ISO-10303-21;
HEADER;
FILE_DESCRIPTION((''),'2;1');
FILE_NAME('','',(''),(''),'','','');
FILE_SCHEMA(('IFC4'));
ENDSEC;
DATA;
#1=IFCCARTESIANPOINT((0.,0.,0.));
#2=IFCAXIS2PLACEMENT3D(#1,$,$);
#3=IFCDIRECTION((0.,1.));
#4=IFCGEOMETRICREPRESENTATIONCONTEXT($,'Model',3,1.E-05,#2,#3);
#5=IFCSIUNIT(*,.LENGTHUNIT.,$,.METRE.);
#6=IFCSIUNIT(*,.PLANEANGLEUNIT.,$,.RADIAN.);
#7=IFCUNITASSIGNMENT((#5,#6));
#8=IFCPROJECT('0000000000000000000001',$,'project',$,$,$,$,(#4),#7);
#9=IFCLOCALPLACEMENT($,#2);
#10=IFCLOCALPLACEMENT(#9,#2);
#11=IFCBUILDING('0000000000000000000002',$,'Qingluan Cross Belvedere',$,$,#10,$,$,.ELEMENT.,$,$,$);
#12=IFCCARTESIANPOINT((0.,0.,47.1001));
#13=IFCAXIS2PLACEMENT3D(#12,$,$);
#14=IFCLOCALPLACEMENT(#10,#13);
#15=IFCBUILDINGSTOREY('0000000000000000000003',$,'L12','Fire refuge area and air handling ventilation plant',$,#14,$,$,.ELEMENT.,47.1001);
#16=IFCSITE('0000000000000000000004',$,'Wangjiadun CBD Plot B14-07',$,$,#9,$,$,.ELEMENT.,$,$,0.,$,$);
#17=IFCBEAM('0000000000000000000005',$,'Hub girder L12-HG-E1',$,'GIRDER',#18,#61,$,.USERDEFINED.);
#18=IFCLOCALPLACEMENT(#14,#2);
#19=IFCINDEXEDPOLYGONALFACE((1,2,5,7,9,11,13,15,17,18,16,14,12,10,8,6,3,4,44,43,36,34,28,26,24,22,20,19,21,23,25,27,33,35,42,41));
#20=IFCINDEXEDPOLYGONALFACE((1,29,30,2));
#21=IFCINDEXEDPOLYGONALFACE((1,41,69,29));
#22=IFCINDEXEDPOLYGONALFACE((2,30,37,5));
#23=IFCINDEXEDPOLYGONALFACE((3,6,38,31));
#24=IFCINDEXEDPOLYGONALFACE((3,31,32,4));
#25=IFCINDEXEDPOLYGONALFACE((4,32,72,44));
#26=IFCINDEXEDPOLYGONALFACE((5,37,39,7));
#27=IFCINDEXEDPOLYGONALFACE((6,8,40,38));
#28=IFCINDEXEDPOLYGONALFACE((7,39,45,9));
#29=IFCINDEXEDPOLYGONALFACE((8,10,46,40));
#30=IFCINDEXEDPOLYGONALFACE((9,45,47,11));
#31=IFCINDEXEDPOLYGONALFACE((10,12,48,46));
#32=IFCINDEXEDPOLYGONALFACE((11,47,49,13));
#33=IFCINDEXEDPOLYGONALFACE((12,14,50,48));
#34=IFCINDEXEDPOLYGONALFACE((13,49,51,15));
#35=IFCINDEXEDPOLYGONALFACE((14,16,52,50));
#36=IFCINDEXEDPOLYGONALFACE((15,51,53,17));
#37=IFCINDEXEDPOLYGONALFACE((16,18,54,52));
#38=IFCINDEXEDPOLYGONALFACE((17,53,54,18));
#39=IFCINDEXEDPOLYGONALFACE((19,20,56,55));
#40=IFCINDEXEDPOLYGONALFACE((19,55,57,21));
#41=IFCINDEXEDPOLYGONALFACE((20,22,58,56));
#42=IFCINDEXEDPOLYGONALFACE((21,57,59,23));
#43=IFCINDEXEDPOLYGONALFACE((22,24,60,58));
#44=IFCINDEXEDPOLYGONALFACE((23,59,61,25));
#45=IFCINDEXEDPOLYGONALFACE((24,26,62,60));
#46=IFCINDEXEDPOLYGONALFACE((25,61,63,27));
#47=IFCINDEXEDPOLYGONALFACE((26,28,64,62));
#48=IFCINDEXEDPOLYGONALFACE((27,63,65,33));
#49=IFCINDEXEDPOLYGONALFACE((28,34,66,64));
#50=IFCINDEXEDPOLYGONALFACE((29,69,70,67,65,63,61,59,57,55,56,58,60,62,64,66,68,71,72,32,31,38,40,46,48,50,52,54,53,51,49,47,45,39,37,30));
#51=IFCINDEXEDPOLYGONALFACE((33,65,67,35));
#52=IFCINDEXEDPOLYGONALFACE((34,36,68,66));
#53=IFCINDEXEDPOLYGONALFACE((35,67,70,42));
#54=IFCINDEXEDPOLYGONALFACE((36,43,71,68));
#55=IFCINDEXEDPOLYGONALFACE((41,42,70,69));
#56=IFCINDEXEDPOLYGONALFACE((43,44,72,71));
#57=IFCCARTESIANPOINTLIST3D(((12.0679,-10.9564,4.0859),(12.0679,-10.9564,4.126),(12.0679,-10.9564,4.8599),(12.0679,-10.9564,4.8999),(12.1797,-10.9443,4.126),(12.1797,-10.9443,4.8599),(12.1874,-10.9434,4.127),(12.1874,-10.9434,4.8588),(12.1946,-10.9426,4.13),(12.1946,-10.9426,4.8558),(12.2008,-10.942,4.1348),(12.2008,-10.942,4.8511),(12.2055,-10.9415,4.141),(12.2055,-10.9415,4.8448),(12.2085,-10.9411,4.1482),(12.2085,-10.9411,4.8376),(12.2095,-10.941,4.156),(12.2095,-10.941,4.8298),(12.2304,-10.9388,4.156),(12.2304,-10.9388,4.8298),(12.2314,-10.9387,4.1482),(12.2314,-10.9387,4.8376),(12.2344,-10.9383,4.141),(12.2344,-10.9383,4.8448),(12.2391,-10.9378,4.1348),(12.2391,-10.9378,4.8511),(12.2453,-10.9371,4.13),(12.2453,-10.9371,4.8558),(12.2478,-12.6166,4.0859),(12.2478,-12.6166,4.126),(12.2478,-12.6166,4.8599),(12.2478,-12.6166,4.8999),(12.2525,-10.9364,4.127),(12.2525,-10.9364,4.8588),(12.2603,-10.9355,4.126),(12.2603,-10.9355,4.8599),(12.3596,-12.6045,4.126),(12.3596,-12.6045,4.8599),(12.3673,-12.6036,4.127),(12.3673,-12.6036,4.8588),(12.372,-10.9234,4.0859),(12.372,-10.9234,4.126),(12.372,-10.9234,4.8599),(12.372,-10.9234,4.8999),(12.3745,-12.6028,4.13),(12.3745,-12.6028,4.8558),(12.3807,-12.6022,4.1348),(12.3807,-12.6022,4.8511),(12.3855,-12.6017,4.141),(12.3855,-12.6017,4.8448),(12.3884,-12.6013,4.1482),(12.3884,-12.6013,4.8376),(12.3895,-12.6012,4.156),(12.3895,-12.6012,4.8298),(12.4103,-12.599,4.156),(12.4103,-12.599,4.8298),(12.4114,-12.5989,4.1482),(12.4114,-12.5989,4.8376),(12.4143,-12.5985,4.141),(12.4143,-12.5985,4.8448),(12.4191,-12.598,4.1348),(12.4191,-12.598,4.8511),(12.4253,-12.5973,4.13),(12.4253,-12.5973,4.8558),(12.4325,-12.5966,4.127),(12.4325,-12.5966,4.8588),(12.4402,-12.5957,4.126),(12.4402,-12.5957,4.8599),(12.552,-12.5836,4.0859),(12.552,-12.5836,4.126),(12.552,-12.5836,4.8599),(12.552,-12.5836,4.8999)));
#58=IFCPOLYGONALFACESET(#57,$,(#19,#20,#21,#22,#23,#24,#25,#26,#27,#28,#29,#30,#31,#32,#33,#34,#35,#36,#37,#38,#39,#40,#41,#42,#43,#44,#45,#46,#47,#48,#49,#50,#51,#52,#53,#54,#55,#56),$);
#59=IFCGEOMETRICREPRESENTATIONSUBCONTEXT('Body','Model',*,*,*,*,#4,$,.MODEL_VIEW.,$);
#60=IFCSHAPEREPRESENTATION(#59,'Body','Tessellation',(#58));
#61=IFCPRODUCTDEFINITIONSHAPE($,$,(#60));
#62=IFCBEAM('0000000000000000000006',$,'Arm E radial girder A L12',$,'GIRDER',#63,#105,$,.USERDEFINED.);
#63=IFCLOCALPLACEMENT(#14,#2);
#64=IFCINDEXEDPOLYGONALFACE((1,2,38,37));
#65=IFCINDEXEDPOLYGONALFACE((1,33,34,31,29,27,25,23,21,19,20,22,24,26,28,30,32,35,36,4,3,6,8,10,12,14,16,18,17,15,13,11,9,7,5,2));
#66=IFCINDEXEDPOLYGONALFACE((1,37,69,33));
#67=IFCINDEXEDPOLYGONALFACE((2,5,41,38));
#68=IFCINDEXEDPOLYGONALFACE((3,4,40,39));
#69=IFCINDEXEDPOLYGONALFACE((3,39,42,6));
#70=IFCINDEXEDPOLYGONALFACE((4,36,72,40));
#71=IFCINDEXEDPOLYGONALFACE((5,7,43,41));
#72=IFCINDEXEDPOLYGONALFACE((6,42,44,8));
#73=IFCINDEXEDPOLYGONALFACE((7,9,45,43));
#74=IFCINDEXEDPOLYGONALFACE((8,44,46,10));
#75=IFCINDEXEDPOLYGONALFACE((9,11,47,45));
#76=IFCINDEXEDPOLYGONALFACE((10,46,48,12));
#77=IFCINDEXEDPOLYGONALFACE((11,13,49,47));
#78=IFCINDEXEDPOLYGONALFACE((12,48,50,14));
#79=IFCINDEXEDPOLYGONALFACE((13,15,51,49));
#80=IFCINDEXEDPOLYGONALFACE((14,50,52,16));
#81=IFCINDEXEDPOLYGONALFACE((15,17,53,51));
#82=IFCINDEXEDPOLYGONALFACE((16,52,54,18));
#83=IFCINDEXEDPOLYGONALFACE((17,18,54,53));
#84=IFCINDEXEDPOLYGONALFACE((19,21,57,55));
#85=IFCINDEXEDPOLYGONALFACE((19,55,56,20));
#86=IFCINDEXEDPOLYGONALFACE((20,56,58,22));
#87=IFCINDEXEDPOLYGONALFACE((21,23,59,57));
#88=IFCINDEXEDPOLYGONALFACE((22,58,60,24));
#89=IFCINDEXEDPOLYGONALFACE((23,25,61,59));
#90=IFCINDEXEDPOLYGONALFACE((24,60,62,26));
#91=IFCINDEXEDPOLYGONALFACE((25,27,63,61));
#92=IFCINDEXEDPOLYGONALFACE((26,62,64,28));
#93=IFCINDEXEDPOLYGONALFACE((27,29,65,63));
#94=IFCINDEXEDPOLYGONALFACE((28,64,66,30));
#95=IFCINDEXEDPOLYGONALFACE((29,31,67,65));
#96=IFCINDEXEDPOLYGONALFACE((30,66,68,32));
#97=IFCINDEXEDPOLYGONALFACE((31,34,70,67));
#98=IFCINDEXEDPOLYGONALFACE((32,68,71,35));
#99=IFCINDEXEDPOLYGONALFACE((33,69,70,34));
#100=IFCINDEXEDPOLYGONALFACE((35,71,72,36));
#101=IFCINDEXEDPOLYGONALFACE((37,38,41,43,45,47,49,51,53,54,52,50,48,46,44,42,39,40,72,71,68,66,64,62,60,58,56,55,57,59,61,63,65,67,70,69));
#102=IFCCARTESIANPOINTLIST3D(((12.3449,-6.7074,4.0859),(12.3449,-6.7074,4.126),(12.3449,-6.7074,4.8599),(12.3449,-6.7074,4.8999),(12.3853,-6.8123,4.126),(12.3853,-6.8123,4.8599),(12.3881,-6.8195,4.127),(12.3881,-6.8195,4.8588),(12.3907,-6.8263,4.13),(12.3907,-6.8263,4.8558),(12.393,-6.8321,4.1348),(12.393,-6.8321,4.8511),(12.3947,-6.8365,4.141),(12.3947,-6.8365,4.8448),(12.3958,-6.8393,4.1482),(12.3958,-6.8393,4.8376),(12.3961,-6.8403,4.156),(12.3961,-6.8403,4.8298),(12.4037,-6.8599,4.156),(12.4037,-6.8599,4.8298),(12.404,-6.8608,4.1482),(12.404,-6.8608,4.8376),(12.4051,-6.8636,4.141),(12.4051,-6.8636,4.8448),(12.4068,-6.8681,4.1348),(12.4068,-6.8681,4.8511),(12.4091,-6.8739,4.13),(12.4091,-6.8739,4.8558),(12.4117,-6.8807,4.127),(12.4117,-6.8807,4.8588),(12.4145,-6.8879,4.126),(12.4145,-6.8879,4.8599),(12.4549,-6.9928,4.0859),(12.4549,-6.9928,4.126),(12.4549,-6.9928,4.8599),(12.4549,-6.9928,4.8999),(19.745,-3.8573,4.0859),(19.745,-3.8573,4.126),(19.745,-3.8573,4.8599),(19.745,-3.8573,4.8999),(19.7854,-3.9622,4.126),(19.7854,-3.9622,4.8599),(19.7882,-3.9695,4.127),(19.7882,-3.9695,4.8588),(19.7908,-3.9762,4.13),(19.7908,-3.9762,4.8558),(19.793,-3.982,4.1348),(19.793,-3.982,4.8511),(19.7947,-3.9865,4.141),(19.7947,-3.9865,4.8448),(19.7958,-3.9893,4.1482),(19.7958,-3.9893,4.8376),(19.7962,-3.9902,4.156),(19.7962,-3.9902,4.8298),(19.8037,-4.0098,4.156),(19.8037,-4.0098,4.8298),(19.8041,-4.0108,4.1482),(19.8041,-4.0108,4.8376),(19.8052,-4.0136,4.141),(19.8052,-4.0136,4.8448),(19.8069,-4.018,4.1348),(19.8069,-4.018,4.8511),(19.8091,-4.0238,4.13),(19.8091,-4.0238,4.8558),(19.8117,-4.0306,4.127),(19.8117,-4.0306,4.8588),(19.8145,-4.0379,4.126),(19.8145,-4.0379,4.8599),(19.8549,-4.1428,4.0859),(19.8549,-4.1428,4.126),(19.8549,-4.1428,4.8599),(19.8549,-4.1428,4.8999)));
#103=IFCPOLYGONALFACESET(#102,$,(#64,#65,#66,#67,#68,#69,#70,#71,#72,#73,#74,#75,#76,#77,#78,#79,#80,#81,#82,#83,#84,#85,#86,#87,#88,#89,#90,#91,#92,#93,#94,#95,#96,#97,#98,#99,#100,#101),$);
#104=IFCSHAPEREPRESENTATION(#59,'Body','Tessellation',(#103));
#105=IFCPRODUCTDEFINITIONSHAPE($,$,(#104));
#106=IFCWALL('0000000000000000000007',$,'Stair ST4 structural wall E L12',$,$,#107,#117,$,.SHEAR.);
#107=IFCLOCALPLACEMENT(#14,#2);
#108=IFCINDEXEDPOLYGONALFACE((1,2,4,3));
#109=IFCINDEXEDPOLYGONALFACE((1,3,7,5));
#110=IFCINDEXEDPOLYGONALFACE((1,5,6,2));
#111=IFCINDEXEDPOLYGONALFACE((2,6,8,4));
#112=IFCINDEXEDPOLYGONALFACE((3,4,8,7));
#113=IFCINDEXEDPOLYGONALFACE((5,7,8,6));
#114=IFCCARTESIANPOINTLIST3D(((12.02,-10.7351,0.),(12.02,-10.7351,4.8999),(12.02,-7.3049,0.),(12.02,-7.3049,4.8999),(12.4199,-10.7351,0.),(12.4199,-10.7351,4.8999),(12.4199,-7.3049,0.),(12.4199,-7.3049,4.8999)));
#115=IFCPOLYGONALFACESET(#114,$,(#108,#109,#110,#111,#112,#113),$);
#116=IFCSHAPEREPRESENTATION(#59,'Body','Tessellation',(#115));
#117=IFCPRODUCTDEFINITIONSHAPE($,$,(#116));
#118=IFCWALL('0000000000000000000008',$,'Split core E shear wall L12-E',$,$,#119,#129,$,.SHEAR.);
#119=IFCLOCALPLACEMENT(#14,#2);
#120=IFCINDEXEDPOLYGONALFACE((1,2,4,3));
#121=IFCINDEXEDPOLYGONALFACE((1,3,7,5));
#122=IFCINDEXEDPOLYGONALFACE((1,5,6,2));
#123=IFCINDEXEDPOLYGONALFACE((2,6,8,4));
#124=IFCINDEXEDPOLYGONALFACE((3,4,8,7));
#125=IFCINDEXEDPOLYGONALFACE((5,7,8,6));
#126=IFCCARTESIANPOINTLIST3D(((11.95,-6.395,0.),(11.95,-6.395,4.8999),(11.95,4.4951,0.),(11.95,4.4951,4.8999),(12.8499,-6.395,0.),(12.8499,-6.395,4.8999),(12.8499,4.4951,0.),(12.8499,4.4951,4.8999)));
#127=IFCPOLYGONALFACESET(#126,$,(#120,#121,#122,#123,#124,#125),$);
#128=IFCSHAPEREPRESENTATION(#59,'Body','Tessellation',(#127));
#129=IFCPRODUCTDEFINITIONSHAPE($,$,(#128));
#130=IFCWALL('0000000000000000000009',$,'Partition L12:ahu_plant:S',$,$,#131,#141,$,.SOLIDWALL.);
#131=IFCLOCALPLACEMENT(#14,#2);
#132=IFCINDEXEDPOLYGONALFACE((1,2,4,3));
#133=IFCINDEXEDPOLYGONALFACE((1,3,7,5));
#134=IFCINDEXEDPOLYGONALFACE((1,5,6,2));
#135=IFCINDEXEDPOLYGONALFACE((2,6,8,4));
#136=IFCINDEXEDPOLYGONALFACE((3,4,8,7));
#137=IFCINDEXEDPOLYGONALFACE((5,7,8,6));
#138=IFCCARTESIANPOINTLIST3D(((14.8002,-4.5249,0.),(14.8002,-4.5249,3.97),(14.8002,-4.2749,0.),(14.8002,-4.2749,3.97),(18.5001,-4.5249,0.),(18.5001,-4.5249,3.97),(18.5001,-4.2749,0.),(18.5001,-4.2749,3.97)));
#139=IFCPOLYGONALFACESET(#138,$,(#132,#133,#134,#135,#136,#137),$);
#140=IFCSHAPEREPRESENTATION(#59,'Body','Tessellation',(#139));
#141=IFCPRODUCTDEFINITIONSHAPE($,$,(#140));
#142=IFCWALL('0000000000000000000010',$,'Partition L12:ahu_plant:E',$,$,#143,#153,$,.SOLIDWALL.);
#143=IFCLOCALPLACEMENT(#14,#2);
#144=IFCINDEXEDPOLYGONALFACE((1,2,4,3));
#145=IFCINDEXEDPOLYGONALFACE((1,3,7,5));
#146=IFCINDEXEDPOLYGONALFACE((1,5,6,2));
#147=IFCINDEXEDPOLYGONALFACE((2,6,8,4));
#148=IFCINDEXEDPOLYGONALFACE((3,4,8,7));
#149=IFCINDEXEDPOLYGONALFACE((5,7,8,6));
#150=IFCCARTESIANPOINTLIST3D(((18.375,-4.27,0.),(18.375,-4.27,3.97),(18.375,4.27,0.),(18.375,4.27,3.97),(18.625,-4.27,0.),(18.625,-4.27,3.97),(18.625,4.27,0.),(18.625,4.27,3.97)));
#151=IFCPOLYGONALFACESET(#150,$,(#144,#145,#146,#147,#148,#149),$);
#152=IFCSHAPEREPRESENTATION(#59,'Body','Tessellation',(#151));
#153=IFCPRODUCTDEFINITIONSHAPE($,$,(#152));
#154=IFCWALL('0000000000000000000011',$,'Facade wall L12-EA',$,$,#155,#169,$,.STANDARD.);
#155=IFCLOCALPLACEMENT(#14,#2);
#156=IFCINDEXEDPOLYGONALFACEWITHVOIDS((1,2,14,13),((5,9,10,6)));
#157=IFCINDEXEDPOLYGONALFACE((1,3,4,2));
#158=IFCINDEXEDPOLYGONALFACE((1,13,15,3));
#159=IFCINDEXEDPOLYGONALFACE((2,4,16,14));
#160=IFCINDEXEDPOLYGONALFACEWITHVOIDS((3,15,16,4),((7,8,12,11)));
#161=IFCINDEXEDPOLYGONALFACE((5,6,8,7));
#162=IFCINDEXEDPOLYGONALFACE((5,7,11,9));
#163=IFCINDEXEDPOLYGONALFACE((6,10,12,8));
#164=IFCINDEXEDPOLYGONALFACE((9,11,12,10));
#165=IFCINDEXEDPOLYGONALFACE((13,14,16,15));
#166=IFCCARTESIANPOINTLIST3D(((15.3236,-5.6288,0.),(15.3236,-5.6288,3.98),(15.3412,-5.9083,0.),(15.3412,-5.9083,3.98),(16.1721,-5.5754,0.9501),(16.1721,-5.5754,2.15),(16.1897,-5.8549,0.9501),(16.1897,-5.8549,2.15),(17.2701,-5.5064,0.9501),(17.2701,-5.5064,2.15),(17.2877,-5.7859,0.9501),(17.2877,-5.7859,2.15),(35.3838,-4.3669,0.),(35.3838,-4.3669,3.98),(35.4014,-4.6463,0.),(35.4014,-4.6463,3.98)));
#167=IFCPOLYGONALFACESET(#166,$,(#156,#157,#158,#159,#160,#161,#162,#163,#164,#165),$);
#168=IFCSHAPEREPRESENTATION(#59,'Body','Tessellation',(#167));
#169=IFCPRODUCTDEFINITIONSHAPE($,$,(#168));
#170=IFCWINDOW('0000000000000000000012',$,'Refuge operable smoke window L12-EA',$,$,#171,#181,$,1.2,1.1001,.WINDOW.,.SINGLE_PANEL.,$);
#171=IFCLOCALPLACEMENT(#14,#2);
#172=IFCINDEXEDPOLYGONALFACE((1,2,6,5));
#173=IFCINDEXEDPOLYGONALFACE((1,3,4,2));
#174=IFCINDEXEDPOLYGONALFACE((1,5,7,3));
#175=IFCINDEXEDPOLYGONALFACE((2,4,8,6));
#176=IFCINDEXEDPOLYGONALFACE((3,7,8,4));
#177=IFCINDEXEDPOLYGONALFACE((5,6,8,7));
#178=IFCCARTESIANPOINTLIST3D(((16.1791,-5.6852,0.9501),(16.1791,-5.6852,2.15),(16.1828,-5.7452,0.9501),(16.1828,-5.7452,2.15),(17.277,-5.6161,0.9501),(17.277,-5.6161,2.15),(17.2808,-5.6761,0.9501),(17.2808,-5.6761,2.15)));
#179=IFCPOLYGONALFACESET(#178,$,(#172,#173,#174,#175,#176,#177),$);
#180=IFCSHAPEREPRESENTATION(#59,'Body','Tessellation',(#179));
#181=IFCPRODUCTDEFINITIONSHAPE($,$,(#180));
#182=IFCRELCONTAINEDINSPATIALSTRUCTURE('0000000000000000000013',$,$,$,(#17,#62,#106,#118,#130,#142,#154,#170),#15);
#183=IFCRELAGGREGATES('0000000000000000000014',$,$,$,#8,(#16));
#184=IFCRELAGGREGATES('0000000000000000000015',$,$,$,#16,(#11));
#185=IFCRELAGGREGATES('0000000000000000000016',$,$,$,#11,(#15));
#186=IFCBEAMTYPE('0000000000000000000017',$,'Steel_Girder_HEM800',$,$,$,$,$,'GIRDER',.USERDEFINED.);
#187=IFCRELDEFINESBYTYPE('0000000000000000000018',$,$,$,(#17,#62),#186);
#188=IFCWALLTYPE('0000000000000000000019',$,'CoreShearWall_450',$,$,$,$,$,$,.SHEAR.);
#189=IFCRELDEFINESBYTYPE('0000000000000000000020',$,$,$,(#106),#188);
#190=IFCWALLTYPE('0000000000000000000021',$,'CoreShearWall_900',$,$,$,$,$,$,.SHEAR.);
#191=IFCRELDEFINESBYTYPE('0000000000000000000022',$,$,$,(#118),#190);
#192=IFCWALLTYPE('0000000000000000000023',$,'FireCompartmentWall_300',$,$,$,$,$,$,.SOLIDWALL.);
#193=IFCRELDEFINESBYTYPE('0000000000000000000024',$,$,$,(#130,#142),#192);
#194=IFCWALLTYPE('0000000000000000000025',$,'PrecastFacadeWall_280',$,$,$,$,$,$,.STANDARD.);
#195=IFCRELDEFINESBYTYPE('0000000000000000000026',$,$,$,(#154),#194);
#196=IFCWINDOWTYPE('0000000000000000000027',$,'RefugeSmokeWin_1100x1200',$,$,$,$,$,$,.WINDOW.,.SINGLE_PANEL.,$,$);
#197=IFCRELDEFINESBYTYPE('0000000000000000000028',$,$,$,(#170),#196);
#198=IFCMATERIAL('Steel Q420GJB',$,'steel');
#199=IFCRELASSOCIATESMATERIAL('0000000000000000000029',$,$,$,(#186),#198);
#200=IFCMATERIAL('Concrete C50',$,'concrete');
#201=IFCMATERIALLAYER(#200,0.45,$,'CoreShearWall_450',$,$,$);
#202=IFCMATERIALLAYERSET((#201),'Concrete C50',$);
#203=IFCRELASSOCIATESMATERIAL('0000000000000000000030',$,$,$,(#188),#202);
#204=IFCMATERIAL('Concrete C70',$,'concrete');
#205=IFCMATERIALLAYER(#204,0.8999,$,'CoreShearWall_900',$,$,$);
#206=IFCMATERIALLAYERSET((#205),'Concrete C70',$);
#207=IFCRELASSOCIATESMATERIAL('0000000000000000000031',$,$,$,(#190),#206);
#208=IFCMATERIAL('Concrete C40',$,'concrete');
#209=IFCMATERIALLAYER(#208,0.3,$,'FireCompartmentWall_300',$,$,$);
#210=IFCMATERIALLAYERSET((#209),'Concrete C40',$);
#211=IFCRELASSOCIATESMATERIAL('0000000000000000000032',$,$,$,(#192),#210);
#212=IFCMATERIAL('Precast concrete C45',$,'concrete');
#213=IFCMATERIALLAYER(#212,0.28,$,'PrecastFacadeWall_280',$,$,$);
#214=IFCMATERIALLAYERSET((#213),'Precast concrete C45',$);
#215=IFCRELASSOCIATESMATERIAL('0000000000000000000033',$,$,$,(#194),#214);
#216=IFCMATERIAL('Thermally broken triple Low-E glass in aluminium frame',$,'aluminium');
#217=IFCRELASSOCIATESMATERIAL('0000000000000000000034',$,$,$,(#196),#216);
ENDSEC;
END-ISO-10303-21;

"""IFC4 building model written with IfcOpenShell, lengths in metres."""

from ifc_helpers import new_model, si_unit, direction, frame, frame_2d, origin, origin_2d, place, context, subcontext, project, spatial, rectangle, i_section, extrude, material, layer, layer_set, material_profile, profile_set, type_object, element, fill, save


model = new_model("IFC4")

# Units and contexts
model_context = context("Model", 3, precision=1e-05, world=origin(), true_north=direction((0.0, 1.0)))
body_context = subcontext(model_context, "Body", "Model", "MODEL_VIEW")
ifc_project = project(units=[si_unit("LENGTHUNIT", "METRE"), si_unit("PLANEANGLEUNIT", "RADIAN")], contexts=[model_context])

# Site, building, storey
site_placement = place(None, origin())
site = spatial("IfcSite", under=ifc_project, at=site_placement, Name="Wangjiadun CBD Plot B14-07", CompositionType="ELEMENT", RefElevation=0.0)
building_placement = place(site_placement, origin())
building = spatial("IfcBuilding", under=site, at=building_placement, Name="Qingluan Cross Belvedere", CompositionType="ELEMENT")
storey_placement = place(building_placement, frame((0.0, 0.0, 47.1001)))
storey = spatial("IfcBuildingStorey", under=building, at=storey_placement, Name="L12", Description="Fire refuge area and air handling ventilation plant", CompositionType="ELEMENT", Elevation=47.1001)

# Beams
ifc_material_1 = material(Name="Steel Q420GJB", Category="steel")
ifc_material_profile_1 = material_profile(ifc_material_1, i_section(OverallWidth=0.3059, OverallDepth=0.814, WebThickness=0.021, FlangeThickness=0.04, FilletRadius=0.03, at=origin_2d()), Name="HEM800")
ifc_profile_set_1 = profile_set([ifc_material_profile_1], Name="Steel Q420GJB")
beam_type_1 = type_object("IfcBeamType", Name="Steel_Girder_HEM800", ElementType="GIRDER", PredefinedType="USERDEFINED", material=ifc_profile_set_1)
beam_1_placement = place(storey_placement, frame((12.3999, -12.6001, 4.4929), z_axis=(-0.107751, 0.994178, 0.0), x_axis=(-0.994178, -0.107751, 0.0)))
element("IfcBeam", 1, at=beam_1_placement, inside=storey, type_object=beam_type_1, Name="Hub girder L12-HG-E1", ObjectType="GIRDER", PredefinedType="USERDEFINED", context=body_context, shape_type="SweptSolid", body=[
    extrude(i_section(OverallWidth=0.3059, OverallDepth=0.814, WebThickness=0.021, FlangeThickness=0.04, FilletRadius=0.03, at=origin_2d()), origin(), (0.0, 0.0, 1.0), 1.6699),
])
beam_2_placement = place(storey_placement, frame((12.3999, -6.8501, 4.4929), z_axis=(0.933181, 0.359406, 0.0), x_axis=(-0.359406, 0.933181, 0.0)))
element("IfcBeam", 2, at=beam_2_placement, inside=storey, type_object=beam_type_1, Name="Arm E radial girder A L12", ObjectType="GIRDER", PredefinedType="USERDEFINED", context=body_context, shape_type="SweptSolid", body=[
    extrude(i_section(OverallWidth=0.3059, OverallDepth=0.814, WebThickness=0.021, FlangeThickness=0.04, FilletRadius=0.03, at=origin_2d()), origin(), (0.0, 0.0, 1.0), 7.9299),
])

# Walls
ifc_material_2 = material(Name="Concrete C50", Category="concrete")
ifc_layer_1 = layer(ifc_material_2, 0.45, Name="CoreShearWall_450")
ifc_layer_set_1 = layer_set([ifc_layer_1], Name="Concrete C50")
wall_type_1 = type_object("IfcWallType", Name="CoreShearWall_450", PredefinedType="SHEAR", material=ifc_layer_set_1)
wall_1_placement = place(storey_placement, frame((12.22, -10.7351, 0.0), z_axis=(0.0, 0.0, 1.0), x_axis=(0.0, 1.0, 0.0)))
element("IfcWall", 3, at=wall_1_placement, inside=storey, type_object=wall_type_1, Name="Stair ST4 structural wall E L12", PredefinedType="SHEAR", context=body_context, shape_type="SweptSolid", body=[
    extrude(rectangle(XDim=3.4302, YDim=0.3999, at=frame_2d((1.7151, 0.0))), origin(), (0.0, 0.0, 1.0), 4.8999),
])
ifc_material_3 = material(Name="Concrete C70", Category="concrete")
ifc_layer_2 = layer(ifc_material_3, 0.8999, Name="CoreShearWall_900")
ifc_layer_set_2 = layer_set([ifc_layer_2], Name="Concrete C70")
wall_type_2 = type_object("IfcWallType", Name="CoreShearWall_900", PredefinedType="SHEAR", material=ifc_layer_set_2)
wall_2_placement = place(storey_placement, frame((12.3999, -6.395, 0.0), z_axis=(0.0, 0.0, 1.0), x_axis=(0.0, 1.0, 0.0)))
element("IfcWall", 4, at=wall_2_placement, inside=storey, type_object=wall_type_2, Name="Split core E shear wall L12-E", PredefinedType="SHEAR", context=body_context, shape_type="SweptSolid", body=[
    extrude(rectangle(XDim=10.8901, YDim=0.8999, at=frame_2d((5.4451, 0.0))), origin(), (0.0, 0.0, 1.0), 4.8999),
])
ifc_material_4 = material(Name="Concrete C40", Category="concrete")
ifc_layer_3 = layer(ifc_material_4, 0.3, Name="FireCompartmentWall_300")
ifc_layer_set_3 = layer_set([ifc_layer_3], Name="Concrete C40")
wall_type_3 = type_object("IfcWallType", Name="FireCompartmentWall_300", PredefinedType="SOLIDWALL", material=ifc_layer_set_3)
wall_3_placement = place(storey_placement, frame((14.8, -4.3999, 0.0), z_axis=(0.0, 0.0, 1.0), x_axis=(1.0, 0.0, 0.0)))
element("IfcWall", 5, at=wall_3_placement, inside=storey, type_object=wall_type_3, Name="Partition L12:ahu_plant:S", PredefinedType="SOLIDWALL", context=body_context, shape_type="SweptSolid", body=[
    extrude(rectangle(XDim=3.7, YDim=0.25, at=frame_2d((1.8501, 0.0))), origin(), (0.0, 0.0, 1.0), 3.97),
])

# Wall
wall_4_placement = place(storey_placement, frame((18.5, -4.27, 0.0), z_axis=(0.0, 0.0, 1.0), x_axis=(0.0, 1.0, 0.0)))
element("IfcWall", 6, at=wall_4_placement, inside=storey, type_object=wall_type_3, Name="Partition L12:ahu_plant:E", PredefinedType="SOLIDWALL", context=body_context, shape_type="SweptSolid", body=[
    extrude(rectangle(XDim=8.54, YDim=0.25, at=frame_2d((4.27, 0.0))), origin(), (0.0, 0.0, 1.0), 3.97),
])

# Wall, opening, window
ifc_material_5 = material(Name="Precast concrete C45", Category="concrete")
ifc_layer_4 = layer(ifc_material_5, 0.28, Name="PrecastFacadeWall_280")
ifc_layer_set_4 = layer_set([ifc_layer_4], Name="Precast concrete C45")
wall_type_4 = type_object("IfcWallType", Name="PrecastFacadeWall_280", PredefinedType="STANDARD", material=ifc_layer_set_4)
wall_5_placement = place(storey_placement, frame((15.3325, -5.7686, 0.0), z_axis=(0.0, 0.0, 1.0), x_axis=(0.998027, 0.062784, 0.0)))
wall_5 = element("IfcWall", 7, at=wall_5_placement, inside=storey, type_object=wall_type_4, Name="Facade wall L12-EA", PredefinedType="STANDARD", context=body_context, shape_type="SweptSolid", body=[
    extrude(rectangle(XDim=20.0999, YDim=0.28, at=frame_2d((10.0498, 0.0))), origin(), (0.0, 0.0, 1.0), 3.98),
])
opening_1_placement = place(wall_5_placement, frame((0.8501, 0.0, 0.95)))
opening_1 = element("IfcOpeningElement", 8, at=opening_1_placement, cuts=wall_5, PredefinedType="OPENING", context=body_context, shape_type="SweptSolid", body=[
    extrude(rectangle(XDim=1.1001, YDim=1.2, at=frame_2d((0.55, 0.6001))), frame((0.0, 0.1499, 0.0), z_axis=(0.0, -1.0, 0.0), x_axis=(1.0, 0.0, 0.0)), (0.0, 0.0, 1.0), 0.3),
])
ifc_material_6 = material(Name="Thermally broken triple Low-E glass in aluminium frame", Category="aluminium")
window_type = type_object("IfcWindowType", Name="RefugeSmokeWin_1100x1200", PartitioningType="SINGLE_PANEL", PredefinedType="WINDOW", material=ifc_material_6)
window_placement = place(opening_1_placement, origin())
window = element("IfcWindow", 9, at=window_placement, inside=storey, type_object=window_type, Name="Refuge operable smoke window L12-EA", OverallHeight=1.2, OverallWidth=1.1001, PartitioningType="SINGLE_PANEL", PredefinedType="WINDOW", context=body_context, shape_type="SweptSolid", body=[
    extrude(rectangle(XDim=1.1001, YDim=1.2, at=frame_2d((0.55, 0.6001))), frame((0.0, 0.03, 0.0), z_axis=(0.0, -1.0, 0.0), x_axis=(1.0, 0.0, 0.0)), (0.0, 0.0, 1.0), 0.0601),
])
fill(opening_1, window)

save(model, "model.ifc")
